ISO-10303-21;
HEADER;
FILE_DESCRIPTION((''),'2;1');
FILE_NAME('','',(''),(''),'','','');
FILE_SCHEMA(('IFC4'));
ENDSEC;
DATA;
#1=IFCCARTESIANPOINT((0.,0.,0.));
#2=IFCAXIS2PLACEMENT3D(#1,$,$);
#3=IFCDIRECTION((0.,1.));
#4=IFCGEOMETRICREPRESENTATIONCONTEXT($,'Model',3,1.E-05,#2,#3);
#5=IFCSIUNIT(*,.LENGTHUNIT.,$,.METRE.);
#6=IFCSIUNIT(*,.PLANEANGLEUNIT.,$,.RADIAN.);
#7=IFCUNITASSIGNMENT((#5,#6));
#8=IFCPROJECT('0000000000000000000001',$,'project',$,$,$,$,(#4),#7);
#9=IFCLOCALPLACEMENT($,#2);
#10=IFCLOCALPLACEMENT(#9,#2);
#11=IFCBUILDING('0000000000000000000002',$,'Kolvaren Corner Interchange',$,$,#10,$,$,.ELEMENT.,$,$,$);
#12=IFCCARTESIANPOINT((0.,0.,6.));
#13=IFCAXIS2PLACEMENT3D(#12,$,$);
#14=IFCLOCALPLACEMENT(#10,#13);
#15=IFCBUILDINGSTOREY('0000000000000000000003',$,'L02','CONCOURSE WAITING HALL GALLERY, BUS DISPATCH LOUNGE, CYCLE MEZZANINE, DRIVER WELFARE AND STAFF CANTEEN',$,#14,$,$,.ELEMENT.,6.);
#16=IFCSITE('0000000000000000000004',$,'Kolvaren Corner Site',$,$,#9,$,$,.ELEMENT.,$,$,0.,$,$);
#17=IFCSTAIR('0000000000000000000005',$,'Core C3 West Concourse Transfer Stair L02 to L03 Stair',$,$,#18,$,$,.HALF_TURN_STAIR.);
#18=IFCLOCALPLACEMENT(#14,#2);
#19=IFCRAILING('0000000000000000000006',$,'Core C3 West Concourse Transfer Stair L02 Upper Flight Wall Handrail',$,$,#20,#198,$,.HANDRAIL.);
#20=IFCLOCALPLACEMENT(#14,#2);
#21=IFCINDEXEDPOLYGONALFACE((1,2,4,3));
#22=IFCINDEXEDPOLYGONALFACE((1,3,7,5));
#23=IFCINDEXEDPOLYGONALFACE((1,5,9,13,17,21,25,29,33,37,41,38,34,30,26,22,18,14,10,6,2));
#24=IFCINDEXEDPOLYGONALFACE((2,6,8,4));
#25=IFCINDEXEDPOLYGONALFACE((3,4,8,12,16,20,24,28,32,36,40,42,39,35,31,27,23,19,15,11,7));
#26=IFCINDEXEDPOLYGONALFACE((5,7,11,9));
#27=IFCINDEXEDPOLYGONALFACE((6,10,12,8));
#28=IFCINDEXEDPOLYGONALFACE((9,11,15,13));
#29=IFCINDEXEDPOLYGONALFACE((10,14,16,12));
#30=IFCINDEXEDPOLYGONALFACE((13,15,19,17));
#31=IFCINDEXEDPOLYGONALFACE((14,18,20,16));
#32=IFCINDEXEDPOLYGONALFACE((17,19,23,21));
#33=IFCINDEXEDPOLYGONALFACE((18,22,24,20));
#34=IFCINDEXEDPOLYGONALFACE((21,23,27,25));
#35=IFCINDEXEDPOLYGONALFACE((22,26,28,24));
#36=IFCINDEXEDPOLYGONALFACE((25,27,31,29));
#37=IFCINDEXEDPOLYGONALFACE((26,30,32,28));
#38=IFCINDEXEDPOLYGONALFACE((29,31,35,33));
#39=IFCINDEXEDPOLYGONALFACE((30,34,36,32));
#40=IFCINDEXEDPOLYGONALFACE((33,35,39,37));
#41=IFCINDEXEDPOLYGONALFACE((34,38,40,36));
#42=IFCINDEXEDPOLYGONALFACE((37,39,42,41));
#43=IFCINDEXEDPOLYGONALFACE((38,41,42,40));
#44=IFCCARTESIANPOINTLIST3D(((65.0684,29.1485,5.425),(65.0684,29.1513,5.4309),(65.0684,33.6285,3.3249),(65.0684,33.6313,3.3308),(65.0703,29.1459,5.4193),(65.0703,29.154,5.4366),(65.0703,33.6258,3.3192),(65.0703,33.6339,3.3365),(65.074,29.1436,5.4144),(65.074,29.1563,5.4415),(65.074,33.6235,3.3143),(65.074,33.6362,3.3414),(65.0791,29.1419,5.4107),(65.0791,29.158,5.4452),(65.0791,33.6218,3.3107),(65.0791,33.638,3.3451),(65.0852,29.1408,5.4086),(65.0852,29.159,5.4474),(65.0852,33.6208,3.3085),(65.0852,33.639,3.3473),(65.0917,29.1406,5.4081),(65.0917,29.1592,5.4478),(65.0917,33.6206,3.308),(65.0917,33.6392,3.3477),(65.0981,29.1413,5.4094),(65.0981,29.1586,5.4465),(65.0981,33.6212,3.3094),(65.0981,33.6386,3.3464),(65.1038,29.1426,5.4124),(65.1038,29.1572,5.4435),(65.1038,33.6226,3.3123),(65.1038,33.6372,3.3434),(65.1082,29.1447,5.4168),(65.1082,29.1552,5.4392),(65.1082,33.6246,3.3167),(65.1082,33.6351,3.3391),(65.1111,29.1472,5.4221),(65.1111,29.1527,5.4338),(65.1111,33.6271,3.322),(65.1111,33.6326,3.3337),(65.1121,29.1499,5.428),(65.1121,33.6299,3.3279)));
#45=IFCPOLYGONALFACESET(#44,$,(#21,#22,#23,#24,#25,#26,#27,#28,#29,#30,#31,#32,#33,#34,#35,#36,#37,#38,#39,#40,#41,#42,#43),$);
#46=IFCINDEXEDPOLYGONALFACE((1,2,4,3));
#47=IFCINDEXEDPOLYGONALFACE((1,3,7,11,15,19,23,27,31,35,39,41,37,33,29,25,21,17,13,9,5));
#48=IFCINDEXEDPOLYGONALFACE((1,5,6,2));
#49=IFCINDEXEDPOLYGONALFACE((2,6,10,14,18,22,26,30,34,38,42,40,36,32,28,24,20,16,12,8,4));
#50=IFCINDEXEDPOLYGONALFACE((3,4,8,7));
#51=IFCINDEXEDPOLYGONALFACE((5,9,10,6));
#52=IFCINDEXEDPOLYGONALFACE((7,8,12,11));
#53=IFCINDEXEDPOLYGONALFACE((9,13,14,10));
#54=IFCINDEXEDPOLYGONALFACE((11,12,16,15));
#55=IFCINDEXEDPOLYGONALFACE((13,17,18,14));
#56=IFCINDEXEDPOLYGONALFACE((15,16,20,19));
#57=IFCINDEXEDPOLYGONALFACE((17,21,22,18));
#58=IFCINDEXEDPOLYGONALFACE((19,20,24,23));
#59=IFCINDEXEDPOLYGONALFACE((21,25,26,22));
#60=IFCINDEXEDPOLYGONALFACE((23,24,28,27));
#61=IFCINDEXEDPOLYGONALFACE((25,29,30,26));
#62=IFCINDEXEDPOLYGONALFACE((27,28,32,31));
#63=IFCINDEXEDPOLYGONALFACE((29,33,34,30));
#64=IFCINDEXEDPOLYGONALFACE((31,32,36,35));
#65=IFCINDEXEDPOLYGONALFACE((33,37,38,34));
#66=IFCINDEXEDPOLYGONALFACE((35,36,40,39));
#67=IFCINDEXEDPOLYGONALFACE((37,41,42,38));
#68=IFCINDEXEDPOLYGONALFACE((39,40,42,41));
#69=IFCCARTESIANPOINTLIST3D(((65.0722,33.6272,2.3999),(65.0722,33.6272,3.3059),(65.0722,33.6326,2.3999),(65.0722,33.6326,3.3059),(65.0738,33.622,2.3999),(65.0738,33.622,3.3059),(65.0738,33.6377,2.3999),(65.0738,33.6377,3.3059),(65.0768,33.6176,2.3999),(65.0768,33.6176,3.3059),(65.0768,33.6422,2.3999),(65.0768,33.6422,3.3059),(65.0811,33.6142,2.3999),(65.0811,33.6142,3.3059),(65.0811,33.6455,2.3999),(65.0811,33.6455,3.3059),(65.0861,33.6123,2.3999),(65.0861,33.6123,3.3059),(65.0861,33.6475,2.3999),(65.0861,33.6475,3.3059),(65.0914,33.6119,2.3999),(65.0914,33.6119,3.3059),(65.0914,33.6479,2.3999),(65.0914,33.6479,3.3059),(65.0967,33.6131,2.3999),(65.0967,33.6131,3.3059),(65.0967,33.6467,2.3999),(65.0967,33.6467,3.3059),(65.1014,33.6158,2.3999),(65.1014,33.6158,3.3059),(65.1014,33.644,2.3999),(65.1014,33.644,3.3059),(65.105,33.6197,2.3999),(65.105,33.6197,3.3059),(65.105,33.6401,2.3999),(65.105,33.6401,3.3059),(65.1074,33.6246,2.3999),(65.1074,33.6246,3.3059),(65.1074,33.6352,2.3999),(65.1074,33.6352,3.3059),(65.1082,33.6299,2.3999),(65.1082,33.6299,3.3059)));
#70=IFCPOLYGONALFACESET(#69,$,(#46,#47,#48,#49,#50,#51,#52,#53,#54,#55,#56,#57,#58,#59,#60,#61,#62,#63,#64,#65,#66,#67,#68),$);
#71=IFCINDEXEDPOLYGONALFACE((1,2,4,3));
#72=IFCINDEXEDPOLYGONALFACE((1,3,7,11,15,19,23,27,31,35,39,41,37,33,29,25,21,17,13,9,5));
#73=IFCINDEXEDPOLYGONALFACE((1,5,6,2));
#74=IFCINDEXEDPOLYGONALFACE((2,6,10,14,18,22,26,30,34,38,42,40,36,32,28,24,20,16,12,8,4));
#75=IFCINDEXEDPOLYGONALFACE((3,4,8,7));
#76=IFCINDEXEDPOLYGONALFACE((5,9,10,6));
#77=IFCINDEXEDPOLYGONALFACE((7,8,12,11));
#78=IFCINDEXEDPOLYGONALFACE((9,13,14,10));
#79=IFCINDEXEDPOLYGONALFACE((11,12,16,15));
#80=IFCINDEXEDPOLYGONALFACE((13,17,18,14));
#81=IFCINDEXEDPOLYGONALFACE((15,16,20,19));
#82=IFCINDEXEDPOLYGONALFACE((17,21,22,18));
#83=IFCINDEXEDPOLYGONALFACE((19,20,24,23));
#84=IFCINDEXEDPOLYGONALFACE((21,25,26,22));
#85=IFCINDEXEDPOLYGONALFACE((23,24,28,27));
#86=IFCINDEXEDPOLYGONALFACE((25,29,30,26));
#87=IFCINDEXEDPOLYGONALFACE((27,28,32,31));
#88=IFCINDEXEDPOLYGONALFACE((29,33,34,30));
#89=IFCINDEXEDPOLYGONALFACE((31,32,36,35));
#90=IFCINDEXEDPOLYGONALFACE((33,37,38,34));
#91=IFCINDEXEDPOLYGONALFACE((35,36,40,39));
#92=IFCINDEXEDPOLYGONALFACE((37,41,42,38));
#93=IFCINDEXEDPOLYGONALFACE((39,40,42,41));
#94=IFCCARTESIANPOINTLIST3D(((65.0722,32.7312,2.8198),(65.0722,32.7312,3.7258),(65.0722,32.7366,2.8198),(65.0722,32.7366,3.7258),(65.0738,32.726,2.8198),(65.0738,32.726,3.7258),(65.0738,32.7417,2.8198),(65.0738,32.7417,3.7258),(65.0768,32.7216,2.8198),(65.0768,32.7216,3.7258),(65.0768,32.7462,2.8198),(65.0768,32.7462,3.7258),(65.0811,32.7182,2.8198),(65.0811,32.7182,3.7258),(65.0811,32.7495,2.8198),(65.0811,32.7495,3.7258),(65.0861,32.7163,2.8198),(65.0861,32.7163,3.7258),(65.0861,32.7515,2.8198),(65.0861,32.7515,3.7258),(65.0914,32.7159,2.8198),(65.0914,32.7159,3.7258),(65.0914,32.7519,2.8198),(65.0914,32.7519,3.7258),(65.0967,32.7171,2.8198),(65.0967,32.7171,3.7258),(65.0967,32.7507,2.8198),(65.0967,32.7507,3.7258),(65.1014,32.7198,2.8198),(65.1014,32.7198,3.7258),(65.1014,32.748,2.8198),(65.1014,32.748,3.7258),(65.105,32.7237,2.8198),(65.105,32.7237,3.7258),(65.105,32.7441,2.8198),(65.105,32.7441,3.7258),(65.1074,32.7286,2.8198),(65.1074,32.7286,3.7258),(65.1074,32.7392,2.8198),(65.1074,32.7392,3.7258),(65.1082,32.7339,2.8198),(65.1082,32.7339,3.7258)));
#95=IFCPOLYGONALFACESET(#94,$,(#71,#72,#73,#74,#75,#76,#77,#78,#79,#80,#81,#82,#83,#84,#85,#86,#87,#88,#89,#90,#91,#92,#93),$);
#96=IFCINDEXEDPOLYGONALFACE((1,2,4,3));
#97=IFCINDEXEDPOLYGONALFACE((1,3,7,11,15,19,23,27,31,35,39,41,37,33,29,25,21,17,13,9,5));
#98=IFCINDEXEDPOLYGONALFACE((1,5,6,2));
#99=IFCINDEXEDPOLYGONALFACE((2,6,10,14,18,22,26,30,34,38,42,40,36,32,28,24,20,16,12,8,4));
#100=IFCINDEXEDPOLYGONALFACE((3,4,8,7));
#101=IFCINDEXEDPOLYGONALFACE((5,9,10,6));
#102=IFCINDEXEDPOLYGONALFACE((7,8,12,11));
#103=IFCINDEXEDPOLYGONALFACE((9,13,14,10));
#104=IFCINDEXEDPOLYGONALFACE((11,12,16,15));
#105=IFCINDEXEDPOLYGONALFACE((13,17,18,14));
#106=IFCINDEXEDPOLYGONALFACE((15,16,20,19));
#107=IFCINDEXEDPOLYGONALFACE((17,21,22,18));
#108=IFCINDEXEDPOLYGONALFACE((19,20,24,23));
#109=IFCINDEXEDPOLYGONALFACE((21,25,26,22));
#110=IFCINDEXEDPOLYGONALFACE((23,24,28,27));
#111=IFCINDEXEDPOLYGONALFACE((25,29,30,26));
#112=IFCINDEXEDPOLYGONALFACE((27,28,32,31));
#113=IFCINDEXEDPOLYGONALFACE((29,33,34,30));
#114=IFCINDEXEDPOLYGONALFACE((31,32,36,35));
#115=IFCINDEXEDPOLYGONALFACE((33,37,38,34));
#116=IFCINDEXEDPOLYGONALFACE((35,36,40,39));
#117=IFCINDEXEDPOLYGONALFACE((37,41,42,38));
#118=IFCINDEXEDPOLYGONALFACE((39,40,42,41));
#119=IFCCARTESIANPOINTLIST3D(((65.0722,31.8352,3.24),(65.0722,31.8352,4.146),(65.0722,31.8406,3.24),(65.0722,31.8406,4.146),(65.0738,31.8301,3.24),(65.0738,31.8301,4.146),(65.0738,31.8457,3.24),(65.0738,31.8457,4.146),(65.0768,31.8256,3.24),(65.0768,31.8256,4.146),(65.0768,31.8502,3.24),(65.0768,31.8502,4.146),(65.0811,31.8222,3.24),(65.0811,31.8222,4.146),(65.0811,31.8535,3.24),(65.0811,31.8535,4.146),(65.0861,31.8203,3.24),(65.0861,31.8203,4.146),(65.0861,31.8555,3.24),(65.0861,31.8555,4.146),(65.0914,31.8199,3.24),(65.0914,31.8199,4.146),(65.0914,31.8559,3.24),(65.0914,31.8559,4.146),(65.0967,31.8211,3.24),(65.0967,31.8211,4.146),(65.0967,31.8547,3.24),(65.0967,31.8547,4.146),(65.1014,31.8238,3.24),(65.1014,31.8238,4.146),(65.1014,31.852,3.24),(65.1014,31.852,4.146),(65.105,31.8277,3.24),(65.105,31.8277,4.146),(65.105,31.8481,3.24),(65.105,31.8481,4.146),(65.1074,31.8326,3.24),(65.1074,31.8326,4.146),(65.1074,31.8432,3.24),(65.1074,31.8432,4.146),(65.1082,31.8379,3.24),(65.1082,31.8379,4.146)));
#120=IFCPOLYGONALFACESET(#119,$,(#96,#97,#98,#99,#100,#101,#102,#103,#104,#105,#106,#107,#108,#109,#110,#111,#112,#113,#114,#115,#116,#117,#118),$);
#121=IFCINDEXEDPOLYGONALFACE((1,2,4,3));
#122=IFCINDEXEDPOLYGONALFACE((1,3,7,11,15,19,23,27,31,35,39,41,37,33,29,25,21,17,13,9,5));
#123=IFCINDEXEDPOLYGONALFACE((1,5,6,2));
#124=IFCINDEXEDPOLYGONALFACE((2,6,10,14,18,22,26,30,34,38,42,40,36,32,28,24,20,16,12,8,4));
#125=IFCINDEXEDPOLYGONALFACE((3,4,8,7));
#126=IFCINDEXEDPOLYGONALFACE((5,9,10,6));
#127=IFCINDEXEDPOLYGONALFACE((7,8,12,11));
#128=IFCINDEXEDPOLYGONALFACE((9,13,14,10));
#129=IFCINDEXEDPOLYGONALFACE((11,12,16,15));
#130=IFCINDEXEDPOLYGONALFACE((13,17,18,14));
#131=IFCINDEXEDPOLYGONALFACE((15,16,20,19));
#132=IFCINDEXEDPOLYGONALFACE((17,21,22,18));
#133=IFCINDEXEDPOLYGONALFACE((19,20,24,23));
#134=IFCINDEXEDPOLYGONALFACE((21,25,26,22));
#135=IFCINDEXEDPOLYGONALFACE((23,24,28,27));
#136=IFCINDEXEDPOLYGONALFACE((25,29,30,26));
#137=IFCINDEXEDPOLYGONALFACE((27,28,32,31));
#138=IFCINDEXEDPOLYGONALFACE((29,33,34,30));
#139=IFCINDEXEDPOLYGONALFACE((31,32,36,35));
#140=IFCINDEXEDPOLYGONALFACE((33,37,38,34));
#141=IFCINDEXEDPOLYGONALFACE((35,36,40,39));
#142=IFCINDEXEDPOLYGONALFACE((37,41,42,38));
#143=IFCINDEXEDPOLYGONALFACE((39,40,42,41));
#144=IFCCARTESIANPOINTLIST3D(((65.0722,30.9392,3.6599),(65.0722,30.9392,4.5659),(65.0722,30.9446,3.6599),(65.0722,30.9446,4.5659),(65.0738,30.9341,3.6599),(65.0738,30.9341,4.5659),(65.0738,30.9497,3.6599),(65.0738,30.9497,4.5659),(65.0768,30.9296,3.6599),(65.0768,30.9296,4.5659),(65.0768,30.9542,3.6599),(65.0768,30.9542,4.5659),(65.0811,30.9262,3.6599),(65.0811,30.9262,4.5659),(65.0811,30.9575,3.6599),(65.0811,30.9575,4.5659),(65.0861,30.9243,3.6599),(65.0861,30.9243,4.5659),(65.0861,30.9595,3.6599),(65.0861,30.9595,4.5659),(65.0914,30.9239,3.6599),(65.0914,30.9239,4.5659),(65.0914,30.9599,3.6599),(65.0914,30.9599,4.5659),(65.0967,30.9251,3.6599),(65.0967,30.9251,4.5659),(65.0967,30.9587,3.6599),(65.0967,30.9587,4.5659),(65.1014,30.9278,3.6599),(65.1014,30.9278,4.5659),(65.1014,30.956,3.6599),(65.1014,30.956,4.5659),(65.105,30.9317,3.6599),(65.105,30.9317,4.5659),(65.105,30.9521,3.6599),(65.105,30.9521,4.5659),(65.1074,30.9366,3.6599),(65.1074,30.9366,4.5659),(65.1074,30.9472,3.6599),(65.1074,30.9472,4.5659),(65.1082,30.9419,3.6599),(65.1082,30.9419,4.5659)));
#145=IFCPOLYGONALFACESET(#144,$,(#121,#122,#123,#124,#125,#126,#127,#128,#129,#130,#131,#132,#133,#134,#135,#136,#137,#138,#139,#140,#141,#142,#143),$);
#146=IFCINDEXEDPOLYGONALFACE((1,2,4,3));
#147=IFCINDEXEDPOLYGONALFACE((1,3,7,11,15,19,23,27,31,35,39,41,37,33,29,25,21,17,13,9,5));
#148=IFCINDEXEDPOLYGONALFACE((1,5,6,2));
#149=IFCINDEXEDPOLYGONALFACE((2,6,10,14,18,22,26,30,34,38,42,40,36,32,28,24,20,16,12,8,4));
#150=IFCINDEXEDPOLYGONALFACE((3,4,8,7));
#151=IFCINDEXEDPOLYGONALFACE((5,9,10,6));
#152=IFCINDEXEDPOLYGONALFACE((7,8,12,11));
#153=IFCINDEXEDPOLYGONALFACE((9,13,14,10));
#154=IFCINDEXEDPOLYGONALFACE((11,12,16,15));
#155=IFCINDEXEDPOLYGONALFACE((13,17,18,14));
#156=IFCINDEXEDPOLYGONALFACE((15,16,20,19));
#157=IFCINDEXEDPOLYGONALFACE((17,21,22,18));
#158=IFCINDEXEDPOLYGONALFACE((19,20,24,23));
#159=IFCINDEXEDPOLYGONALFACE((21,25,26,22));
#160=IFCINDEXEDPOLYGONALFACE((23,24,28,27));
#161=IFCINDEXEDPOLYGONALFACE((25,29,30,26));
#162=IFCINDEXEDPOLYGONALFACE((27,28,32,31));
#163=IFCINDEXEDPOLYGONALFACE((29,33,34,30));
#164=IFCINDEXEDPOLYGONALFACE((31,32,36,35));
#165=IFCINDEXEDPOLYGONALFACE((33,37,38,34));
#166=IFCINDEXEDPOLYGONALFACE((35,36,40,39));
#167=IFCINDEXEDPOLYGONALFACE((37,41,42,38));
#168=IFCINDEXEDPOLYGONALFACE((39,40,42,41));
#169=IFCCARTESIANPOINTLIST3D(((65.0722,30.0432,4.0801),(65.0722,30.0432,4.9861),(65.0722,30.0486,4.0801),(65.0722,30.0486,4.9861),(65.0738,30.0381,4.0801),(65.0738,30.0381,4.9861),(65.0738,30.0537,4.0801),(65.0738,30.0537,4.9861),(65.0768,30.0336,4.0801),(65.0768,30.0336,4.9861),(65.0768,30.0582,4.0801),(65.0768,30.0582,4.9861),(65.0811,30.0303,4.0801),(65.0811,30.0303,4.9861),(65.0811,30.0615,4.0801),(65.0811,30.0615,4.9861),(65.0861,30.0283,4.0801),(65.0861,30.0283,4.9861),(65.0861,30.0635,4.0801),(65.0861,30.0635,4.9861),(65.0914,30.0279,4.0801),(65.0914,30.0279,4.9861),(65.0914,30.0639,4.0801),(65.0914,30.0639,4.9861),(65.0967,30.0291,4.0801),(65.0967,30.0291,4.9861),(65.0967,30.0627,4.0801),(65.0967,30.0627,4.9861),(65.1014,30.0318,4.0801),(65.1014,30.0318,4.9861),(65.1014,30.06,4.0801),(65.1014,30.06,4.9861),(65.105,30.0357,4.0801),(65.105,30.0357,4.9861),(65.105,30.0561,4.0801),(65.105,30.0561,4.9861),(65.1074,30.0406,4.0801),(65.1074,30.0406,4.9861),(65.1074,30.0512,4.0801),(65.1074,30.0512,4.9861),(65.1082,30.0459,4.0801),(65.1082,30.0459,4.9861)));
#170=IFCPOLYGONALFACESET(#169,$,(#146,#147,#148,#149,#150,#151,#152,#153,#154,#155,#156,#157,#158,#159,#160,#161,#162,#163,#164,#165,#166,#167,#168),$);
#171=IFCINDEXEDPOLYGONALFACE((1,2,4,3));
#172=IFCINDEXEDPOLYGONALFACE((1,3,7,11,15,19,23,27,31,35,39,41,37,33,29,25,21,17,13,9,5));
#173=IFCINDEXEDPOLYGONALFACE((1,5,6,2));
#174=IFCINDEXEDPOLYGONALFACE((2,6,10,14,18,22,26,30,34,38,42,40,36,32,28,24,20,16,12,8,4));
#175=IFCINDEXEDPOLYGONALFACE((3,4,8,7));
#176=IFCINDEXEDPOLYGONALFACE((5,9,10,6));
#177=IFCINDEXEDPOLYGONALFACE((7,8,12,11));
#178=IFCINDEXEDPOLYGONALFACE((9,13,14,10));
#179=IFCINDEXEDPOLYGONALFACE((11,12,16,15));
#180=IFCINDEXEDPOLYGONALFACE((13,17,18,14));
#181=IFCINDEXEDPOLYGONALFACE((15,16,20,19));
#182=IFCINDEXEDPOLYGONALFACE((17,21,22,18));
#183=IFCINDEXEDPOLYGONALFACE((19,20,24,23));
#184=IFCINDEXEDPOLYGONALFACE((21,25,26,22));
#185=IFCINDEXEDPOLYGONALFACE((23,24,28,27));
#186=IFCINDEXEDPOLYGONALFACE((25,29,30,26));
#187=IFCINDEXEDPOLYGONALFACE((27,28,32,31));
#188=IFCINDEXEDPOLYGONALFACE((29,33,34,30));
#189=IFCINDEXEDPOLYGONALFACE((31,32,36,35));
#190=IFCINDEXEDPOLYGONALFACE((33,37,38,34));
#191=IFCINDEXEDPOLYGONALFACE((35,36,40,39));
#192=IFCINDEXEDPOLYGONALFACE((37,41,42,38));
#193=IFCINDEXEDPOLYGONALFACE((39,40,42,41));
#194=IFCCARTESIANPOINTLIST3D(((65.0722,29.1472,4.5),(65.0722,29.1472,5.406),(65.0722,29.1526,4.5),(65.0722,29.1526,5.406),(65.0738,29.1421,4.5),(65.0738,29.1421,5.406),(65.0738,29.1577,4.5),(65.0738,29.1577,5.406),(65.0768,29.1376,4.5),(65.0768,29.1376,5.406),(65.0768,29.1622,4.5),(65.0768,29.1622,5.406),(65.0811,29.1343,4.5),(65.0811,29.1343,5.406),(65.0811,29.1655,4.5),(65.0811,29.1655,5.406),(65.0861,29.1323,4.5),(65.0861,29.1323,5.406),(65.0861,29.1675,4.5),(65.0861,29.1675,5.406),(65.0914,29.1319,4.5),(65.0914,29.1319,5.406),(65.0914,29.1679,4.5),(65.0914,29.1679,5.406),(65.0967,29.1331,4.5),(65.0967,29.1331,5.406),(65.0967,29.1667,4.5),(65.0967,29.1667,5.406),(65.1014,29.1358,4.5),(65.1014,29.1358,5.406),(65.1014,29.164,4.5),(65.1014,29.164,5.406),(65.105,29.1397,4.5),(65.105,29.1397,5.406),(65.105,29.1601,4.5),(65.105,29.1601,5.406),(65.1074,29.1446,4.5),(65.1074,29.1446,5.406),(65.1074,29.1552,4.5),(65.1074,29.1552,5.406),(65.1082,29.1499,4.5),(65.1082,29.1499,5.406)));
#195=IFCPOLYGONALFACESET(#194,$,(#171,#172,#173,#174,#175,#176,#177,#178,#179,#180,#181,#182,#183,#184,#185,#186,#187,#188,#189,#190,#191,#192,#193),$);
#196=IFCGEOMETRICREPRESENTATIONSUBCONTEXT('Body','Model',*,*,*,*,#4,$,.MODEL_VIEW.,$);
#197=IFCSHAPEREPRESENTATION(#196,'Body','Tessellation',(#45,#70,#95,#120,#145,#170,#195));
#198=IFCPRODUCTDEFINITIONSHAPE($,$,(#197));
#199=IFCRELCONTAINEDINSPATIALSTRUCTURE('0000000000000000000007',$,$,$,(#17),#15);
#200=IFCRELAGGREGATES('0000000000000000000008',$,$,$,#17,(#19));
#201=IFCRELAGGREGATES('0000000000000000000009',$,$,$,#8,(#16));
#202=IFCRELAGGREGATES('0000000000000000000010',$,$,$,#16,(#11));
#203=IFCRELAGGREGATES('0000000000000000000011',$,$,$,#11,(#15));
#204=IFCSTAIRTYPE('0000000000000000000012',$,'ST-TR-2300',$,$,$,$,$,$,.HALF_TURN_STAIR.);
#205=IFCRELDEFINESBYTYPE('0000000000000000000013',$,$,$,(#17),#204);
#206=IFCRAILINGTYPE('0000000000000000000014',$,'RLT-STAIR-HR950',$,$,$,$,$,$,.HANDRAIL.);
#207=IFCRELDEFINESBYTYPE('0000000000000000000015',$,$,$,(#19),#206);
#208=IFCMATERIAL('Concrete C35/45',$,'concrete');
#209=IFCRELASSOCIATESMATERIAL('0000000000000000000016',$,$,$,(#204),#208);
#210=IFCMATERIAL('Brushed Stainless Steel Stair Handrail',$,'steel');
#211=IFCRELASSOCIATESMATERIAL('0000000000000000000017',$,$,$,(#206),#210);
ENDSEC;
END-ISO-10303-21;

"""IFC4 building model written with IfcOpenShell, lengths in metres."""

from ifc_helpers import new_model, si_unit, direction, frame, origin, origin_2d, place, context, subcontext, project, spatial, circle, extrude, material, type_object, element, aggregate, save


model = new_model("IFC4")

# Units and contexts
model_context = context("Model", 3, precision=1e-05, world=origin(), true_north=direction((0.0, 1.0)))
body_context = subcontext(model_context, "Body", "Model", "MODEL_VIEW")
ifc_project = project(units=[si_unit("LENGTHUNIT", "METRE"), si_unit("PLANEANGLEUNIT", "RADIAN")], contexts=[model_context])

# Site, building, storey
site_placement = place(None, origin())
site = spatial("IfcSite", under=ifc_project, at=site_placement, Name="Kolvaren Corner Site", CompositionType="ELEMENT", RefElevation=0.0)
building_placement = place(site_placement, origin())
building = spatial("IfcBuilding", under=site, at=building_placement, Name="Kolvaren Corner Interchange", CompositionType="ELEMENT")
storey_placement = place(building_placement, frame((0.0, 0.0, 6.0)))
storey = spatial("IfcBuildingStorey", under=building, at=storey_placement, Name="L02", Description="CONCOURSE WAITING HALL GALLERY, BUS DISPATCH LOUNGE, CYCLE MEZZANINE, DRIVER WELFARE AND STAFF CANTEEN", CompositionType="ELEMENT", Elevation=6.0)

# Stair
ifc_material_1 = material(Name="Concrete C35/45", Category="concrete")
stair_type = type_object("IfcStairType", Name="ST-TR-2300", PredefinedType="HALF_TURN_STAIR", material=ifc_material_1)
stair_placement = place(storey_placement, origin())
stair = element("IfcStair", 1, at=stair_placement, inside=storey, type_object=stair_type, Name="Core C3 West Concourse Transfer Stair L02 to L03 Stair", PredefinedType="HALF_TURN_STAIR")

# Railing
ifc_material_2 = material(Name="Brushed Stainless Steel Stair Handrail", Category="steel")
railing_type_1 = type_object("IfcRailingType", Name="RLT-STAIR-HR950", PredefinedType="HANDRAIL", material=ifc_material_2)
railing_1_placement = place(storey_placement, frame((65.0901, 33.6299, 2.3999)))
railing_1 = element("IfcRailing", 2, at=railing_1_placement, type_object=railing_type_1, Name="Core C3 West Concourse Transfer Stair L02 Upper Flight Wall Handrail", PredefinedType="HANDRAIL", context=body_context, shape_type="SweptSolid", body=[
    extrude(circle(Radius=0.022, at=origin_2d()), frame((0.0, 0.0, 0.928), z_axis=(0.0, -0.905451, 0.424452), x_axis=(1.0, 0.0, 0.0)), (0.0, 0.0, 1.0), 4.9478),
    extrude(circle(Radius=0.0181, at=origin_2d()), origin(), (0.0, 0.0, 1.0), 0.906),
    extrude(circle(Radius=0.0181, at=origin_2d()), frame((0.0, -0.896, 0.4199)), (0.0, 0.0, 1.0), 0.906),
    extrude(circle(Radius=0.0181, at=origin_2d()), frame((0.0, -1.792, 0.8401)), (0.0, 0.0, 1.0), 0.906),
    extrude(circle(Radius=0.0181, at=origin_2d()), frame((0.0, -2.688, 1.26)), (0.0, 0.0, 1.0), 0.906),
    extrude(circle(Radius=0.0181, at=origin_2d()), frame((0.0, -3.584, 1.6802)), (0.0, 0.0, 1.0), 0.906),
    extrude(circle(Radius=0.0181, at=origin_2d()), frame((0.0, -4.48, 2.1001)), (0.0, 0.0, 1.0), 0.906),
])
aggregate(stair, [railing_1])

save(model, "model.ifc")
